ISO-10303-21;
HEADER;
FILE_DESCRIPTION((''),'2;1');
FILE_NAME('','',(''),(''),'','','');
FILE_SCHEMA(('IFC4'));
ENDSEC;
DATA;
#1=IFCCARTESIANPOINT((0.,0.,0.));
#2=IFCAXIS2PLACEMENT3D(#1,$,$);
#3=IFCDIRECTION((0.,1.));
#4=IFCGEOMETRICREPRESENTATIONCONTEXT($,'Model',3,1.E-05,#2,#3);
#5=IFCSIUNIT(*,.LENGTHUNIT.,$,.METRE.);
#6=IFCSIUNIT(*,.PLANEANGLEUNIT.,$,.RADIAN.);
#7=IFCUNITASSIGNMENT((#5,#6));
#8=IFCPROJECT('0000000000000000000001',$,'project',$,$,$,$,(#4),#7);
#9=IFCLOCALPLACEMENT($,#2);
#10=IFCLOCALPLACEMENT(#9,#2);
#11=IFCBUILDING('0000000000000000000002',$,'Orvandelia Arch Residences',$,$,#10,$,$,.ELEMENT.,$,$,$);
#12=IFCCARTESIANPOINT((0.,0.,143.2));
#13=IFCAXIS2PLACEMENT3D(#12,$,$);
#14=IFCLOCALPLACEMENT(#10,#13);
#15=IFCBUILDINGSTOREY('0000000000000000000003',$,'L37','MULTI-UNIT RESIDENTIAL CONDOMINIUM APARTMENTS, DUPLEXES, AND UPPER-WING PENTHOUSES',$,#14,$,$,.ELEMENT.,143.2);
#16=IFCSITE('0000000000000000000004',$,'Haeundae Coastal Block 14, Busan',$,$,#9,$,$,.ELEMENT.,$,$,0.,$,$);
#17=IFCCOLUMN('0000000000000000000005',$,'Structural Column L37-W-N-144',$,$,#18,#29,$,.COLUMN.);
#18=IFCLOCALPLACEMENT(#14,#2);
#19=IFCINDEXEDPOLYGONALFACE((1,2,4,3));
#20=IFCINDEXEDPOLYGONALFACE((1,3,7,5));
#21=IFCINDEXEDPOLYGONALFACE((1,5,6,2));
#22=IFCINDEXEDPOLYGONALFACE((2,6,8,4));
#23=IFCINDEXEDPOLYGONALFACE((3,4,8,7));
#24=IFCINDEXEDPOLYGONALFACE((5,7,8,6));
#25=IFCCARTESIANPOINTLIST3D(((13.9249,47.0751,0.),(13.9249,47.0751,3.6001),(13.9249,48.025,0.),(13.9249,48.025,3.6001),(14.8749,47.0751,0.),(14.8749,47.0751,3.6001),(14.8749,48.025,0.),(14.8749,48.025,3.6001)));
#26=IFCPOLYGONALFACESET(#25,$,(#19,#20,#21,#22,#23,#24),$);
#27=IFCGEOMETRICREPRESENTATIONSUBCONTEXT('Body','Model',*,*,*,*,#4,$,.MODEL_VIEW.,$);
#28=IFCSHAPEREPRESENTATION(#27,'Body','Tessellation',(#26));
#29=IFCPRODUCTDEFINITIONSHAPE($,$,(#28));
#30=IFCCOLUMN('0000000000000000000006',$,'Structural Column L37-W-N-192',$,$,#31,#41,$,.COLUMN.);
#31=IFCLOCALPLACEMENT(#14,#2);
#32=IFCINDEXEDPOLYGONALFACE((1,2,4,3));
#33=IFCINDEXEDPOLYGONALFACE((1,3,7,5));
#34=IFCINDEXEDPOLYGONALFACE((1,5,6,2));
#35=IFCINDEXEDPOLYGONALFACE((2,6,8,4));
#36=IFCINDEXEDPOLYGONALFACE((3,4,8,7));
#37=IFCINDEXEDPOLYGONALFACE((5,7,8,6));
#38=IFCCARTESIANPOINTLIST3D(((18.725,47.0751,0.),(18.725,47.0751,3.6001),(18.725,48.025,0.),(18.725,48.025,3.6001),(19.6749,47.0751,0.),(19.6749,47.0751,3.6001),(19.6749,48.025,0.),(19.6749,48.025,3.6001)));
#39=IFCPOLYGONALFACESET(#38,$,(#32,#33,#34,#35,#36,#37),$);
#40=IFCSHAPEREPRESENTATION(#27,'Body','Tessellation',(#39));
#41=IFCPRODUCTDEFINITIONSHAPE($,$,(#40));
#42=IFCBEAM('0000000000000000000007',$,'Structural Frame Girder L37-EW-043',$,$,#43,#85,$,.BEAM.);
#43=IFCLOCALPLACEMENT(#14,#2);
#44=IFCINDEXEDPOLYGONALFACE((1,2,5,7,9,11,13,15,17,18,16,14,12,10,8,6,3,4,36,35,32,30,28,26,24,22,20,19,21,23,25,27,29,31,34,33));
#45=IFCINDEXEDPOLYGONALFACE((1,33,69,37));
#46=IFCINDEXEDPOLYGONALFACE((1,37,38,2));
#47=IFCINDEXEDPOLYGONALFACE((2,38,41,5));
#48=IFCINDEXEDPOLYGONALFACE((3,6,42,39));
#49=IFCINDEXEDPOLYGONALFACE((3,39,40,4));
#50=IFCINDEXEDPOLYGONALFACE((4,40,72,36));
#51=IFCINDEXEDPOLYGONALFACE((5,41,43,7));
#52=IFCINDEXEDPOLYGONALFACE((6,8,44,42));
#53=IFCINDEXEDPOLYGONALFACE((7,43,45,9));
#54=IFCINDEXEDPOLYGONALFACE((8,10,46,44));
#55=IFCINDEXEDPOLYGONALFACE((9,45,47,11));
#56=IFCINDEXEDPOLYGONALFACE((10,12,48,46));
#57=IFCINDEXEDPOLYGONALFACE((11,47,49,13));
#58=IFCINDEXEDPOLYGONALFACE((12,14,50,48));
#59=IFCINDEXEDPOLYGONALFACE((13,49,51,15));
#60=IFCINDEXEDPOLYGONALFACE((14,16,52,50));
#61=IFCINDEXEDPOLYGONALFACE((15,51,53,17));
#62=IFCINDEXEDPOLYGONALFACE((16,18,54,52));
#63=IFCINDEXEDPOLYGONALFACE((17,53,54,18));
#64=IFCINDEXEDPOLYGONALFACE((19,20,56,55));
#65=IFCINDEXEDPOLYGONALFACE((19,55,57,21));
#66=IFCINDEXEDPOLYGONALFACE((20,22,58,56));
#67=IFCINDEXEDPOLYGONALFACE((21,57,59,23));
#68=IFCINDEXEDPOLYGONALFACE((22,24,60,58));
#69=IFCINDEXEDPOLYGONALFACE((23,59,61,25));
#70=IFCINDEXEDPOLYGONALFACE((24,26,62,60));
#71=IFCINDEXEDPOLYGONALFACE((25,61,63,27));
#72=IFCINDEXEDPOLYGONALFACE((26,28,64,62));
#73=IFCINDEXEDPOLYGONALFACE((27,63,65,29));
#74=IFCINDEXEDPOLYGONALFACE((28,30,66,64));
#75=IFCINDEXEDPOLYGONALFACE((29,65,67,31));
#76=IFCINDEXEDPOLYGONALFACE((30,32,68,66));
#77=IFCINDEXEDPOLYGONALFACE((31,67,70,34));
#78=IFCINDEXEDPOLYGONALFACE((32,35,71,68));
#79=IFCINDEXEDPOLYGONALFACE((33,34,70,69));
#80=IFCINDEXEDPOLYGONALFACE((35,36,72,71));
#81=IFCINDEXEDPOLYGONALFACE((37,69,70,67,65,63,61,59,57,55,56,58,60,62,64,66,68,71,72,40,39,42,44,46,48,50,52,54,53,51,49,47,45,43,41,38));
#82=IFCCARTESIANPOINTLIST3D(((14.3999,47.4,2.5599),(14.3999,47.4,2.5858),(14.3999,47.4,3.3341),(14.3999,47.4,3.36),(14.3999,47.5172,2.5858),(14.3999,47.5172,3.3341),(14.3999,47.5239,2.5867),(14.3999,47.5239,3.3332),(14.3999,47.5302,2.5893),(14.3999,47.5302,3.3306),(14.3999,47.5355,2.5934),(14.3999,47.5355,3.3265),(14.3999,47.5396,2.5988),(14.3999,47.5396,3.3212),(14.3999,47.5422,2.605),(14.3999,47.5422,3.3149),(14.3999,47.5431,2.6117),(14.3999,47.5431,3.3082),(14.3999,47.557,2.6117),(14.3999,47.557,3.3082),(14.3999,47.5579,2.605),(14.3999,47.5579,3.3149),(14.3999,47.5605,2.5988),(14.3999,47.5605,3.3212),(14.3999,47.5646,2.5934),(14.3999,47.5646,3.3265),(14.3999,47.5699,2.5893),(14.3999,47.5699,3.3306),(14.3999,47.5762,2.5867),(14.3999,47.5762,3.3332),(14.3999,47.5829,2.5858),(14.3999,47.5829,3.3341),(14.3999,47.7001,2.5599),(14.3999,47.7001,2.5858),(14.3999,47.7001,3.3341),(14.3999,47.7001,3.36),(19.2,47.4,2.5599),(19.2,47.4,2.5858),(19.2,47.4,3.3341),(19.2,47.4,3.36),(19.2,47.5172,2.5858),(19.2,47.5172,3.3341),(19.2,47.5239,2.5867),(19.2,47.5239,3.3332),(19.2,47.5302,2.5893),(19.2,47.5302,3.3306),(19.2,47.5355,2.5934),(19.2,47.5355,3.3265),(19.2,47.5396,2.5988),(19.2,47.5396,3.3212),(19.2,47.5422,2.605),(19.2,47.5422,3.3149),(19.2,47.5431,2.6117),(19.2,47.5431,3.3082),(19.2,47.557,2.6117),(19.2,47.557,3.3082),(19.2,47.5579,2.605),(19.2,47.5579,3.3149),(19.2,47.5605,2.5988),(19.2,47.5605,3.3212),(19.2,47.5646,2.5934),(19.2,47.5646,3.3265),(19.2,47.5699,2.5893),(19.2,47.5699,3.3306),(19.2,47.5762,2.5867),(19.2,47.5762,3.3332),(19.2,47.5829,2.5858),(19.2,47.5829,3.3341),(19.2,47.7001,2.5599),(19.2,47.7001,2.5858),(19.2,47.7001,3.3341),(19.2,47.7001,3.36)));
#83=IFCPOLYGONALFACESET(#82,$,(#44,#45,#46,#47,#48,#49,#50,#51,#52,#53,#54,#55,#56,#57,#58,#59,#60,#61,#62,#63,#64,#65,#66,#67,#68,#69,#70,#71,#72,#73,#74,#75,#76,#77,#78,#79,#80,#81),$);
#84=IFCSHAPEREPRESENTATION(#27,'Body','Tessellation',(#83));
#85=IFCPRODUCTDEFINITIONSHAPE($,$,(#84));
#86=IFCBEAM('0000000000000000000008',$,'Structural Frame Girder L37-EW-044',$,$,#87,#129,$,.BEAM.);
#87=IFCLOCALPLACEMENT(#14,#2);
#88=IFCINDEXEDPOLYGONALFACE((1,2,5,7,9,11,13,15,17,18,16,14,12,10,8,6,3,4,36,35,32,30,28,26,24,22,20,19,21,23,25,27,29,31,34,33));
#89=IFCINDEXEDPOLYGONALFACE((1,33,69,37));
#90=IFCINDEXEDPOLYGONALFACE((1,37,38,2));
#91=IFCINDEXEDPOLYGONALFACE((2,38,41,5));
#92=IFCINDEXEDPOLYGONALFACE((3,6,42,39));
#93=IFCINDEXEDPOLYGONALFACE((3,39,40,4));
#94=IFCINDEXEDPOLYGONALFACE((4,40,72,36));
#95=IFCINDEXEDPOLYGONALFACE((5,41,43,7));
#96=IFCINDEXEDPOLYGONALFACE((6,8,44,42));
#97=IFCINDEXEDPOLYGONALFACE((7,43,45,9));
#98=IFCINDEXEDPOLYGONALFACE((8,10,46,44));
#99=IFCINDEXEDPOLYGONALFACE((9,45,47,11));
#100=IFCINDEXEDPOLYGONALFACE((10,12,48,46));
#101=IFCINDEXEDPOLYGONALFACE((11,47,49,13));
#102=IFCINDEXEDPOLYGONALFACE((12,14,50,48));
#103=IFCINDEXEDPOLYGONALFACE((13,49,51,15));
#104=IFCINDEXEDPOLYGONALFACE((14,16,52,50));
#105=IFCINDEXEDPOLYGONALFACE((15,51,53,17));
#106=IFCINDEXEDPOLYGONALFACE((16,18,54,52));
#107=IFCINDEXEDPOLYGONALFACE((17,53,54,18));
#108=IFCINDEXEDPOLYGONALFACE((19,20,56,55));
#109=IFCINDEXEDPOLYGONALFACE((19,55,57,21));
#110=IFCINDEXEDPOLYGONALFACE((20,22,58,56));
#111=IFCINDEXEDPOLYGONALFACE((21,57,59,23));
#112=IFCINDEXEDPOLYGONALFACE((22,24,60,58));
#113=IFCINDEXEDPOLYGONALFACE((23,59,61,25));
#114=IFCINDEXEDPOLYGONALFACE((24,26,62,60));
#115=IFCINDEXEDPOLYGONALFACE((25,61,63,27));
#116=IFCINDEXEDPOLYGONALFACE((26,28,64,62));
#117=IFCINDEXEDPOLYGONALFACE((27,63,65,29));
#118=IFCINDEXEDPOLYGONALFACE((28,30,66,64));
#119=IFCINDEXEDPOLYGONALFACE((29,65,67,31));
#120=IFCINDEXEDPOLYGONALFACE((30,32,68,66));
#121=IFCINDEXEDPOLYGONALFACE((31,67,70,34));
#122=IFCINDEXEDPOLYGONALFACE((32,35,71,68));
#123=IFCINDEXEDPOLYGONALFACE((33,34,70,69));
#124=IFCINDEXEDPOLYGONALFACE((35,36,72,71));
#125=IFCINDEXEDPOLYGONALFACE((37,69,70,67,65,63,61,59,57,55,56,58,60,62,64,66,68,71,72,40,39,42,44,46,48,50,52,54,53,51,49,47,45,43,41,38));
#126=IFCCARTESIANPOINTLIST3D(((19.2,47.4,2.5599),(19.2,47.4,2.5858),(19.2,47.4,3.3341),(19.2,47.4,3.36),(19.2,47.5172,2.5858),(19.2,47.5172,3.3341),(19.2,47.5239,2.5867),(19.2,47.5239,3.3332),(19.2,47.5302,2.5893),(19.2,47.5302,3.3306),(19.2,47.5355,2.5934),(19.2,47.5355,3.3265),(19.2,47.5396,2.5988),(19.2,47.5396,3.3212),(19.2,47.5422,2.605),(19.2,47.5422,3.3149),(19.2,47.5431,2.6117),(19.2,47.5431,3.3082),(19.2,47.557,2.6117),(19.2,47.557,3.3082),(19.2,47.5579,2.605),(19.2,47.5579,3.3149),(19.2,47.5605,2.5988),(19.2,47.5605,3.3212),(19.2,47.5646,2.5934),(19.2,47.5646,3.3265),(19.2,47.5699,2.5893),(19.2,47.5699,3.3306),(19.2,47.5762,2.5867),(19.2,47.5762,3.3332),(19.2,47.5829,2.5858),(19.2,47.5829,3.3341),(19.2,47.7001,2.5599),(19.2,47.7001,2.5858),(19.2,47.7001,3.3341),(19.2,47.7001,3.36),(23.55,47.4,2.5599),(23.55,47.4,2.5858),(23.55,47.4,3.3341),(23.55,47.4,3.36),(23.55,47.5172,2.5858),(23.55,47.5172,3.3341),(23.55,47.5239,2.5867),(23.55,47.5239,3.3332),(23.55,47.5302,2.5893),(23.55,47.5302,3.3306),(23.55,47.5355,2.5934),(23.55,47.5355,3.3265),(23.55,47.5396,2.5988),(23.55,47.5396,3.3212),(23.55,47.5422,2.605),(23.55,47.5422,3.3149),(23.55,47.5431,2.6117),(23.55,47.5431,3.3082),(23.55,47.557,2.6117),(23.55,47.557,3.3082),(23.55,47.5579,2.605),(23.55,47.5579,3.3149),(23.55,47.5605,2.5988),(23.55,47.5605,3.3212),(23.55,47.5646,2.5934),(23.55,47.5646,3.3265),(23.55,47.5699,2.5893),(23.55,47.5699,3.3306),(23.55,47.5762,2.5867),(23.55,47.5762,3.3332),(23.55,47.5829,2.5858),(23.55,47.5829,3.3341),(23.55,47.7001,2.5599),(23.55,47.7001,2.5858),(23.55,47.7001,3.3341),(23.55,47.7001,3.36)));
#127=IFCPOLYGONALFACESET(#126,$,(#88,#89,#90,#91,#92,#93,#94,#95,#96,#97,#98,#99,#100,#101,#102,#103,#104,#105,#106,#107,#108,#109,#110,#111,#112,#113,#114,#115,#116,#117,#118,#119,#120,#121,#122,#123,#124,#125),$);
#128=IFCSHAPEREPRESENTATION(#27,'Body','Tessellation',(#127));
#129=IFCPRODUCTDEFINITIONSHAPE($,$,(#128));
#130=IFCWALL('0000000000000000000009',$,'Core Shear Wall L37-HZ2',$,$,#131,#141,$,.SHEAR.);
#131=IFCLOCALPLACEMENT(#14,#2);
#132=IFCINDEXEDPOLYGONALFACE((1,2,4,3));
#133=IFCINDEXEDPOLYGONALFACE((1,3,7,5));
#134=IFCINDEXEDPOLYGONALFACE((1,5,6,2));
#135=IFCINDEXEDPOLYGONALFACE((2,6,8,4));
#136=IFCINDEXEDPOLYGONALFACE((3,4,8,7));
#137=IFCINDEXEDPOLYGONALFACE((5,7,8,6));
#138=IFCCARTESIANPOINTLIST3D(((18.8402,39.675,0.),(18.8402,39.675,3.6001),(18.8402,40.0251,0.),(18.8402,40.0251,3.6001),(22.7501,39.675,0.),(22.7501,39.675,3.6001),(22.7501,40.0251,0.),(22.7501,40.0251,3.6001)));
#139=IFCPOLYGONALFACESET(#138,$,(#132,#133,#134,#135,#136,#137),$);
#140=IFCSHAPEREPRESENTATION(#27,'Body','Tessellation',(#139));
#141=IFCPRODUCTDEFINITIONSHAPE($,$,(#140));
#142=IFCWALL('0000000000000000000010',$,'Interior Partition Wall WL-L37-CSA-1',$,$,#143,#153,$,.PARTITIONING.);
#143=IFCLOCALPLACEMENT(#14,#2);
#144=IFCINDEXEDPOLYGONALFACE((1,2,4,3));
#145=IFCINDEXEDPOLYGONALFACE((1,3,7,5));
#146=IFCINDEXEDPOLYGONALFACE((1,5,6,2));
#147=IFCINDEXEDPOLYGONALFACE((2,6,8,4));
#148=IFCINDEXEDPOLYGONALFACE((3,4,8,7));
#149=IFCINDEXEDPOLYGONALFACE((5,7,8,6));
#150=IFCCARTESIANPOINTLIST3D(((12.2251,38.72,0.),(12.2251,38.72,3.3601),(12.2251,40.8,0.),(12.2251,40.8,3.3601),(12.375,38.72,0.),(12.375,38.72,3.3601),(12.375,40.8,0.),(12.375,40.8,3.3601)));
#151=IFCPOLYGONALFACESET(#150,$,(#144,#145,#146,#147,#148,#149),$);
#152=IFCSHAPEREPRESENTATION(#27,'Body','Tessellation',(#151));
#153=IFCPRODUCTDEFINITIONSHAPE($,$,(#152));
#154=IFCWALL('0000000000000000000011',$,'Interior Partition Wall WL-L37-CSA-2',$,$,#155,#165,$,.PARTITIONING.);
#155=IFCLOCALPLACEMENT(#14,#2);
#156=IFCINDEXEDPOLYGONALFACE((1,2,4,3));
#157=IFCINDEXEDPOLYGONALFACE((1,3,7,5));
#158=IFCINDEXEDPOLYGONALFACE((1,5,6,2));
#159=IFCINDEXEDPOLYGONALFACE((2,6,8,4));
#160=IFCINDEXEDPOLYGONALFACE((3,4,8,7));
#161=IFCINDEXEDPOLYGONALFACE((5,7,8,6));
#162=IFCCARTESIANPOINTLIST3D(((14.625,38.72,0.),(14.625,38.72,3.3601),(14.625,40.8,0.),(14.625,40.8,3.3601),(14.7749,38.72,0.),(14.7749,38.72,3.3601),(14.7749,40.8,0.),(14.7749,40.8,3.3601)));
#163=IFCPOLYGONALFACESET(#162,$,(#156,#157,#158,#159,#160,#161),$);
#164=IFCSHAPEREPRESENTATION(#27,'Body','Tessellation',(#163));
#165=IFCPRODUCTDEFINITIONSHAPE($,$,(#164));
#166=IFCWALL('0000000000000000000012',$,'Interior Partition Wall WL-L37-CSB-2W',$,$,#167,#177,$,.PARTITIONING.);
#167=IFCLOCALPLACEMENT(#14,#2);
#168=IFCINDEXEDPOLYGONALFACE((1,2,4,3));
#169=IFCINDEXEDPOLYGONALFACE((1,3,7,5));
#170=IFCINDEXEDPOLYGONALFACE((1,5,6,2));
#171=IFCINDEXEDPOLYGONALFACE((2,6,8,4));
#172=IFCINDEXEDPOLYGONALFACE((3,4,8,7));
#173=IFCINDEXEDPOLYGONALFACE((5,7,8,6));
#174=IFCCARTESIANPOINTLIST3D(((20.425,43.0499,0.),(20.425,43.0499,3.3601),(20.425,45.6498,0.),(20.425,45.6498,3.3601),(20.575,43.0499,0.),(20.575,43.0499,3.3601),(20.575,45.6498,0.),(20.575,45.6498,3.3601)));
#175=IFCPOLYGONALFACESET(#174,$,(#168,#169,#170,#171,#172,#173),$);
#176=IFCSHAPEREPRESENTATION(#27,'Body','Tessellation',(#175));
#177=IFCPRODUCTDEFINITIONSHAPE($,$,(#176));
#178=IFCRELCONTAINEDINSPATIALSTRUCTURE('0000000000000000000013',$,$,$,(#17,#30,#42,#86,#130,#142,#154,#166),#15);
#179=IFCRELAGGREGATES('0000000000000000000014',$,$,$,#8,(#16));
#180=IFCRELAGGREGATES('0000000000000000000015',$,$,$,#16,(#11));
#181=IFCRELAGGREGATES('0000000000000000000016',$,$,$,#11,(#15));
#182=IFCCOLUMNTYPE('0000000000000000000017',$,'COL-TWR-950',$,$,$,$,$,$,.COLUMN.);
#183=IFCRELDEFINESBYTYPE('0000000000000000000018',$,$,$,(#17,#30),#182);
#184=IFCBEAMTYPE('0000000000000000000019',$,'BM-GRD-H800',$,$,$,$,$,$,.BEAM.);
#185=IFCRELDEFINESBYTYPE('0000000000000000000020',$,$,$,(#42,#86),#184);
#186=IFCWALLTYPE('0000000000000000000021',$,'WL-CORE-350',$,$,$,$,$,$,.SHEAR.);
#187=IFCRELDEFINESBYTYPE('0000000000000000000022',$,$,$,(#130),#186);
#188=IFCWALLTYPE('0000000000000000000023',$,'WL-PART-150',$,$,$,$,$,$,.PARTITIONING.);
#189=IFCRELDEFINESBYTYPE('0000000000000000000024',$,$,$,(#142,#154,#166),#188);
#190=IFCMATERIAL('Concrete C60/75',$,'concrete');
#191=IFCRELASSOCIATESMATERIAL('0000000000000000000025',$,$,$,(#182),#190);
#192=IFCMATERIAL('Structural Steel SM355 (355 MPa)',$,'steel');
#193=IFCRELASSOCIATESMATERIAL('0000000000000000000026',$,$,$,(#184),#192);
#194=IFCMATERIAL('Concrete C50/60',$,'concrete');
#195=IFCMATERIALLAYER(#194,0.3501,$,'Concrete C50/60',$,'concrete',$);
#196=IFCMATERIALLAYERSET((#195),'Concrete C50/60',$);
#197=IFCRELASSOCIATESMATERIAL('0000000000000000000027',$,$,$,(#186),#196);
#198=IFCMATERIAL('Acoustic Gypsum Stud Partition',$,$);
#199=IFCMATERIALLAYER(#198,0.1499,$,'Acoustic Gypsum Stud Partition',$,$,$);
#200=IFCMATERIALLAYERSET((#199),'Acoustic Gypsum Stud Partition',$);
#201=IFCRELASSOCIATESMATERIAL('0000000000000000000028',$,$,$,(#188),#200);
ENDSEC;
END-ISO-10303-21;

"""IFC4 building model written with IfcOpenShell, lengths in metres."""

from ifc_helpers import new_model, si_unit, direction, frame, frame_2d, origin, origin_2d, place, context, subcontext, project, spatial, rectangle, i_section, extrude, material, layer, layer_set, material_profile, profile_set, type_object, element, save


model = new_model("IFC4")

# Units and contexts
model_context = context("Model", 3, precision=1e-05, world=origin(), true_north=direction((0.0, 1.0)))
body_context = subcontext(model_context, "Body", "Model", "MODEL_VIEW")
ifc_project = project(units=[si_unit("LENGTHUNIT", "METRE"), si_unit("PLANEANGLEUNIT", "RADIAN")], contexts=[model_context])

# Site, building, storey
site_placement = place(None, origin())
site = spatial("IfcSite", under=ifc_project, at=site_placement, Name="Haeundae Coastal Block 14, Busan", CompositionType="ELEMENT", RefElevation=0.0)
building_placement = place(site_placement, origin())
building = spatial("IfcBuilding", under=site, at=building_placement, Name="Orvandelia Arch Residences", CompositionType="ELEMENT")
storey_placement = place(building_placement, frame((0.0, 0.0, 143.2)))
storey = spatial("IfcBuildingStorey", under=building, at=storey_placement, Name="L37", Description="MULTI-UNIT RESIDENTIAL CONDOMINIUM APARTMENTS, DUPLEXES, AND UPPER-WING PENTHOUSES", CompositionType="ELEMENT", Elevation=143.2)

# Columns
ifc_material_1 = material(Name="Concrete C60/75", Category="concrete")
ifc_material_profile_1 = material_profile(ifc_material_1, rectangle(XDim=0.95, YDim=0.95, at=origin_2d()), Name="Concrete C60/75", Category="concrete")
ifc_profile_set_1 = profile_set([ifc_material_profile_1], Name="Concrete C60/75")
column_type = type_object("IfcColumnType", Name="COL-TWR-950", PredefinedType="COLUMN", material=ifc_profile_set_1)
for number, where, z_axis, x_axis, name in (
    (1, (14.3999, 47.55, 0.0), (0.0, 0.0, 1.0), (1.0, 0.0, 0.0), "Structural Column L37-W-N-144"),
    (2, (19.2, 47.55, 0.0), (0.0, 0.0, 1.0), (1.0, 0.0, 0.0), "Structural Column L37-W-N-192"),
):
    element("IfcColumn", number, at=place(storey_placement, frame(where, z_axis=z_axis, x_axis=x_axis)), inside=storey, type_object=column_type, Name=name, PredefinedType="COLUMN", context=body_context, shape_type="SweptSolid", body=[
        extrude(rectangle(XDim=0.95, YDim=0.95, at=origin_2d()), origin(), (0.0, 0.0, 1.0), 3.6001),
    ])

# Beams
ifc_material_2 = material(Name="Structural Steel SM355 (355 MPa)", Category="steel")
ifc_material_profile_2 = material_profile(ifc_material_2, i_section(OverallWidth=0.3, OverallDepth=0.8, WebThickness=0.0139, FlangeThickness=0.0259, FilletRadius=0.0259, at=origin_2d()), Name="Structural Steel SM355 (355 MPa)", Category="steel")
ifc_profile_set_2 = profile_set([ifc_material_profile_2], Name="Structural Steel SM355 (355 MPa)")
beam_type = type_object("IfcBeamType", Name="BM-GRD-H800", PredefinedType="BEAM", material=ifc_profile_set_2)
beam_1_placement = place(storey_placement, frame((14.3999, 47.55, 2.96), z_axis=(1.0, 0.0, 0.0), x_axis=(0.0, 1.0, 0.0)))
element("IfcBeam", 3, at=beam_1_placement, inside=storey, type_object=beam_type, Name="Structural Frame Girder L37-EW-043", PredefinedType="BEAM", context=body_context, shape_type="SweptSolid", body=[
    extrude(i_section(OverallWidth=0.3, OverallDepth=0.8, WebThickness=0.0139, FlangeThickness=0.0259, FilletRadius=0.0259, at=origin_2d()), origin(), (0.0, 0.0, 1.0), 4.8),
])
beam_2_placement = place(storey_placement, frame((19.2, 47.55, 2.96), z_axis=(1.0, 0.0, 0.0), x_axis=(0.0, 1.0, 0.0)))
element("IfcBeam", 4, at=beam_2_placement, inside=storey, type_object=beam_type, Name="Structural Frame Girder L37-EW-044", PredefinedType="BEAM", context=body_context, shape_type="SweptSolid", body=[
    extrude(i_section(OverallWidth=0.3, OverallDepth=0.8, WebThickness=0.0139, FlangeThickness=0.0259, FilletRadius=0.0259, at=origin_2d()), origin(), (0.0, 0.0, 1.0), 4.3501),
])

# Walls
ifc_material_3 = material(Name="Concrete C50/60", Category="concrete")
ifc_layer_1 = layer(ifc_material_3, 0.3501, Name="Concrete C50/60", Category="concrete")
ifc_layer_set_1 = layer_set([ifc_layer_1], Name="Concrete C50/60")
wall_type_1 = type_object("IfcWallType", Name="WL-CORE-350", PredefinedType="SHEAR", material=ifc_layer_set_1)
wall_1_placement = place(storey_placement, frame((18.8401, 39.8501, 0.0), z_axis=(0.0, 0.0, 1.0), x_axis=(1.0, 0.0, 0.0)))
element("IfcWall", 5, at=wall_1_placement, inside=storey, type_object=wall_type_1, Name="Core Shear Wall L37-HZ2", PredefinedType="SHEAR", context=body_context, shape_type="SweptSolid", body=[
    extrude(rectangle(XDim=3.9099, YDim=0.3501, at=frame_2d((1.9551, 0.0))), origin(), (0.0, 0.0, 1.0), 3.6001),
])
ifc_material_4 = material(Name="Acoustic Gypsum Stud Partition")
ifc_layer_2 = layer(ifc_material_4, 0.1499, Name="Acoustic Gypsum Stud Partition")
ifc_layer_set_2 = layer_set([ifc_layer_2], Name="Acoustic Gypsum Stud Partition")
wall_type_2 = type_object("IfcWallType", Name="WL-PART-150", PredefinedType="PARTITIONING", material=ifc_layer_set_2)
for number, where, z_axis, x_axis, name in (
    (6, (12.3, 38.72, 0.0), (0.0, 0.0, 1.0), (0.0, 1.0, 0.0), "Interior Partition Wall WL-L37-CSA-1"),
    (7, (14.7, 38.72, 0.0), (0.0, 0.0, 1.0), (0.0, 1.0, 0.0), "Interior Partition Wall WL-L37-CSA-2"),
):
    element("IfcWall", number, at=place(storey_placement, frame(where, z_axis=z_axis, x_axis=x_axis)), inside=storey, type_object=wall_type_2, Name=name, PredefinedType="PARTITIONING", context=body_context, shape_type="SweptSolid", body=[
        extrude(rectangle(XDim=2.0801, YDim=0.1499, at=frame_2d((1.04, 0.0))), origin(), (0.0, 0.0, 1.0), 3.3601),
    ])
wall_2_placement = place(storey_placement, frame((20.5, 43.05, 0.0), z_axis=(0.0, 0.0, 1.0), x_axis=(0.0, 1.0, 0.0)))
element("IfcWall", 8, at=wall_2_placement, inside=storey, type_object=wall_type_2, Name="Interior Partition Wall WL-L37-CSB-2W", PredefinedType="PARTITIONING", context=body_context, shape_type="SweptSolid", body=[
    extrude(rectangle(XDim=2.5999, YDim=0.1499, at=frame_2d((1.2998, 0.0))), origin(), (0.0, 0.0, 1.0), 3.3601),
])

save(model, "model.ifc")
